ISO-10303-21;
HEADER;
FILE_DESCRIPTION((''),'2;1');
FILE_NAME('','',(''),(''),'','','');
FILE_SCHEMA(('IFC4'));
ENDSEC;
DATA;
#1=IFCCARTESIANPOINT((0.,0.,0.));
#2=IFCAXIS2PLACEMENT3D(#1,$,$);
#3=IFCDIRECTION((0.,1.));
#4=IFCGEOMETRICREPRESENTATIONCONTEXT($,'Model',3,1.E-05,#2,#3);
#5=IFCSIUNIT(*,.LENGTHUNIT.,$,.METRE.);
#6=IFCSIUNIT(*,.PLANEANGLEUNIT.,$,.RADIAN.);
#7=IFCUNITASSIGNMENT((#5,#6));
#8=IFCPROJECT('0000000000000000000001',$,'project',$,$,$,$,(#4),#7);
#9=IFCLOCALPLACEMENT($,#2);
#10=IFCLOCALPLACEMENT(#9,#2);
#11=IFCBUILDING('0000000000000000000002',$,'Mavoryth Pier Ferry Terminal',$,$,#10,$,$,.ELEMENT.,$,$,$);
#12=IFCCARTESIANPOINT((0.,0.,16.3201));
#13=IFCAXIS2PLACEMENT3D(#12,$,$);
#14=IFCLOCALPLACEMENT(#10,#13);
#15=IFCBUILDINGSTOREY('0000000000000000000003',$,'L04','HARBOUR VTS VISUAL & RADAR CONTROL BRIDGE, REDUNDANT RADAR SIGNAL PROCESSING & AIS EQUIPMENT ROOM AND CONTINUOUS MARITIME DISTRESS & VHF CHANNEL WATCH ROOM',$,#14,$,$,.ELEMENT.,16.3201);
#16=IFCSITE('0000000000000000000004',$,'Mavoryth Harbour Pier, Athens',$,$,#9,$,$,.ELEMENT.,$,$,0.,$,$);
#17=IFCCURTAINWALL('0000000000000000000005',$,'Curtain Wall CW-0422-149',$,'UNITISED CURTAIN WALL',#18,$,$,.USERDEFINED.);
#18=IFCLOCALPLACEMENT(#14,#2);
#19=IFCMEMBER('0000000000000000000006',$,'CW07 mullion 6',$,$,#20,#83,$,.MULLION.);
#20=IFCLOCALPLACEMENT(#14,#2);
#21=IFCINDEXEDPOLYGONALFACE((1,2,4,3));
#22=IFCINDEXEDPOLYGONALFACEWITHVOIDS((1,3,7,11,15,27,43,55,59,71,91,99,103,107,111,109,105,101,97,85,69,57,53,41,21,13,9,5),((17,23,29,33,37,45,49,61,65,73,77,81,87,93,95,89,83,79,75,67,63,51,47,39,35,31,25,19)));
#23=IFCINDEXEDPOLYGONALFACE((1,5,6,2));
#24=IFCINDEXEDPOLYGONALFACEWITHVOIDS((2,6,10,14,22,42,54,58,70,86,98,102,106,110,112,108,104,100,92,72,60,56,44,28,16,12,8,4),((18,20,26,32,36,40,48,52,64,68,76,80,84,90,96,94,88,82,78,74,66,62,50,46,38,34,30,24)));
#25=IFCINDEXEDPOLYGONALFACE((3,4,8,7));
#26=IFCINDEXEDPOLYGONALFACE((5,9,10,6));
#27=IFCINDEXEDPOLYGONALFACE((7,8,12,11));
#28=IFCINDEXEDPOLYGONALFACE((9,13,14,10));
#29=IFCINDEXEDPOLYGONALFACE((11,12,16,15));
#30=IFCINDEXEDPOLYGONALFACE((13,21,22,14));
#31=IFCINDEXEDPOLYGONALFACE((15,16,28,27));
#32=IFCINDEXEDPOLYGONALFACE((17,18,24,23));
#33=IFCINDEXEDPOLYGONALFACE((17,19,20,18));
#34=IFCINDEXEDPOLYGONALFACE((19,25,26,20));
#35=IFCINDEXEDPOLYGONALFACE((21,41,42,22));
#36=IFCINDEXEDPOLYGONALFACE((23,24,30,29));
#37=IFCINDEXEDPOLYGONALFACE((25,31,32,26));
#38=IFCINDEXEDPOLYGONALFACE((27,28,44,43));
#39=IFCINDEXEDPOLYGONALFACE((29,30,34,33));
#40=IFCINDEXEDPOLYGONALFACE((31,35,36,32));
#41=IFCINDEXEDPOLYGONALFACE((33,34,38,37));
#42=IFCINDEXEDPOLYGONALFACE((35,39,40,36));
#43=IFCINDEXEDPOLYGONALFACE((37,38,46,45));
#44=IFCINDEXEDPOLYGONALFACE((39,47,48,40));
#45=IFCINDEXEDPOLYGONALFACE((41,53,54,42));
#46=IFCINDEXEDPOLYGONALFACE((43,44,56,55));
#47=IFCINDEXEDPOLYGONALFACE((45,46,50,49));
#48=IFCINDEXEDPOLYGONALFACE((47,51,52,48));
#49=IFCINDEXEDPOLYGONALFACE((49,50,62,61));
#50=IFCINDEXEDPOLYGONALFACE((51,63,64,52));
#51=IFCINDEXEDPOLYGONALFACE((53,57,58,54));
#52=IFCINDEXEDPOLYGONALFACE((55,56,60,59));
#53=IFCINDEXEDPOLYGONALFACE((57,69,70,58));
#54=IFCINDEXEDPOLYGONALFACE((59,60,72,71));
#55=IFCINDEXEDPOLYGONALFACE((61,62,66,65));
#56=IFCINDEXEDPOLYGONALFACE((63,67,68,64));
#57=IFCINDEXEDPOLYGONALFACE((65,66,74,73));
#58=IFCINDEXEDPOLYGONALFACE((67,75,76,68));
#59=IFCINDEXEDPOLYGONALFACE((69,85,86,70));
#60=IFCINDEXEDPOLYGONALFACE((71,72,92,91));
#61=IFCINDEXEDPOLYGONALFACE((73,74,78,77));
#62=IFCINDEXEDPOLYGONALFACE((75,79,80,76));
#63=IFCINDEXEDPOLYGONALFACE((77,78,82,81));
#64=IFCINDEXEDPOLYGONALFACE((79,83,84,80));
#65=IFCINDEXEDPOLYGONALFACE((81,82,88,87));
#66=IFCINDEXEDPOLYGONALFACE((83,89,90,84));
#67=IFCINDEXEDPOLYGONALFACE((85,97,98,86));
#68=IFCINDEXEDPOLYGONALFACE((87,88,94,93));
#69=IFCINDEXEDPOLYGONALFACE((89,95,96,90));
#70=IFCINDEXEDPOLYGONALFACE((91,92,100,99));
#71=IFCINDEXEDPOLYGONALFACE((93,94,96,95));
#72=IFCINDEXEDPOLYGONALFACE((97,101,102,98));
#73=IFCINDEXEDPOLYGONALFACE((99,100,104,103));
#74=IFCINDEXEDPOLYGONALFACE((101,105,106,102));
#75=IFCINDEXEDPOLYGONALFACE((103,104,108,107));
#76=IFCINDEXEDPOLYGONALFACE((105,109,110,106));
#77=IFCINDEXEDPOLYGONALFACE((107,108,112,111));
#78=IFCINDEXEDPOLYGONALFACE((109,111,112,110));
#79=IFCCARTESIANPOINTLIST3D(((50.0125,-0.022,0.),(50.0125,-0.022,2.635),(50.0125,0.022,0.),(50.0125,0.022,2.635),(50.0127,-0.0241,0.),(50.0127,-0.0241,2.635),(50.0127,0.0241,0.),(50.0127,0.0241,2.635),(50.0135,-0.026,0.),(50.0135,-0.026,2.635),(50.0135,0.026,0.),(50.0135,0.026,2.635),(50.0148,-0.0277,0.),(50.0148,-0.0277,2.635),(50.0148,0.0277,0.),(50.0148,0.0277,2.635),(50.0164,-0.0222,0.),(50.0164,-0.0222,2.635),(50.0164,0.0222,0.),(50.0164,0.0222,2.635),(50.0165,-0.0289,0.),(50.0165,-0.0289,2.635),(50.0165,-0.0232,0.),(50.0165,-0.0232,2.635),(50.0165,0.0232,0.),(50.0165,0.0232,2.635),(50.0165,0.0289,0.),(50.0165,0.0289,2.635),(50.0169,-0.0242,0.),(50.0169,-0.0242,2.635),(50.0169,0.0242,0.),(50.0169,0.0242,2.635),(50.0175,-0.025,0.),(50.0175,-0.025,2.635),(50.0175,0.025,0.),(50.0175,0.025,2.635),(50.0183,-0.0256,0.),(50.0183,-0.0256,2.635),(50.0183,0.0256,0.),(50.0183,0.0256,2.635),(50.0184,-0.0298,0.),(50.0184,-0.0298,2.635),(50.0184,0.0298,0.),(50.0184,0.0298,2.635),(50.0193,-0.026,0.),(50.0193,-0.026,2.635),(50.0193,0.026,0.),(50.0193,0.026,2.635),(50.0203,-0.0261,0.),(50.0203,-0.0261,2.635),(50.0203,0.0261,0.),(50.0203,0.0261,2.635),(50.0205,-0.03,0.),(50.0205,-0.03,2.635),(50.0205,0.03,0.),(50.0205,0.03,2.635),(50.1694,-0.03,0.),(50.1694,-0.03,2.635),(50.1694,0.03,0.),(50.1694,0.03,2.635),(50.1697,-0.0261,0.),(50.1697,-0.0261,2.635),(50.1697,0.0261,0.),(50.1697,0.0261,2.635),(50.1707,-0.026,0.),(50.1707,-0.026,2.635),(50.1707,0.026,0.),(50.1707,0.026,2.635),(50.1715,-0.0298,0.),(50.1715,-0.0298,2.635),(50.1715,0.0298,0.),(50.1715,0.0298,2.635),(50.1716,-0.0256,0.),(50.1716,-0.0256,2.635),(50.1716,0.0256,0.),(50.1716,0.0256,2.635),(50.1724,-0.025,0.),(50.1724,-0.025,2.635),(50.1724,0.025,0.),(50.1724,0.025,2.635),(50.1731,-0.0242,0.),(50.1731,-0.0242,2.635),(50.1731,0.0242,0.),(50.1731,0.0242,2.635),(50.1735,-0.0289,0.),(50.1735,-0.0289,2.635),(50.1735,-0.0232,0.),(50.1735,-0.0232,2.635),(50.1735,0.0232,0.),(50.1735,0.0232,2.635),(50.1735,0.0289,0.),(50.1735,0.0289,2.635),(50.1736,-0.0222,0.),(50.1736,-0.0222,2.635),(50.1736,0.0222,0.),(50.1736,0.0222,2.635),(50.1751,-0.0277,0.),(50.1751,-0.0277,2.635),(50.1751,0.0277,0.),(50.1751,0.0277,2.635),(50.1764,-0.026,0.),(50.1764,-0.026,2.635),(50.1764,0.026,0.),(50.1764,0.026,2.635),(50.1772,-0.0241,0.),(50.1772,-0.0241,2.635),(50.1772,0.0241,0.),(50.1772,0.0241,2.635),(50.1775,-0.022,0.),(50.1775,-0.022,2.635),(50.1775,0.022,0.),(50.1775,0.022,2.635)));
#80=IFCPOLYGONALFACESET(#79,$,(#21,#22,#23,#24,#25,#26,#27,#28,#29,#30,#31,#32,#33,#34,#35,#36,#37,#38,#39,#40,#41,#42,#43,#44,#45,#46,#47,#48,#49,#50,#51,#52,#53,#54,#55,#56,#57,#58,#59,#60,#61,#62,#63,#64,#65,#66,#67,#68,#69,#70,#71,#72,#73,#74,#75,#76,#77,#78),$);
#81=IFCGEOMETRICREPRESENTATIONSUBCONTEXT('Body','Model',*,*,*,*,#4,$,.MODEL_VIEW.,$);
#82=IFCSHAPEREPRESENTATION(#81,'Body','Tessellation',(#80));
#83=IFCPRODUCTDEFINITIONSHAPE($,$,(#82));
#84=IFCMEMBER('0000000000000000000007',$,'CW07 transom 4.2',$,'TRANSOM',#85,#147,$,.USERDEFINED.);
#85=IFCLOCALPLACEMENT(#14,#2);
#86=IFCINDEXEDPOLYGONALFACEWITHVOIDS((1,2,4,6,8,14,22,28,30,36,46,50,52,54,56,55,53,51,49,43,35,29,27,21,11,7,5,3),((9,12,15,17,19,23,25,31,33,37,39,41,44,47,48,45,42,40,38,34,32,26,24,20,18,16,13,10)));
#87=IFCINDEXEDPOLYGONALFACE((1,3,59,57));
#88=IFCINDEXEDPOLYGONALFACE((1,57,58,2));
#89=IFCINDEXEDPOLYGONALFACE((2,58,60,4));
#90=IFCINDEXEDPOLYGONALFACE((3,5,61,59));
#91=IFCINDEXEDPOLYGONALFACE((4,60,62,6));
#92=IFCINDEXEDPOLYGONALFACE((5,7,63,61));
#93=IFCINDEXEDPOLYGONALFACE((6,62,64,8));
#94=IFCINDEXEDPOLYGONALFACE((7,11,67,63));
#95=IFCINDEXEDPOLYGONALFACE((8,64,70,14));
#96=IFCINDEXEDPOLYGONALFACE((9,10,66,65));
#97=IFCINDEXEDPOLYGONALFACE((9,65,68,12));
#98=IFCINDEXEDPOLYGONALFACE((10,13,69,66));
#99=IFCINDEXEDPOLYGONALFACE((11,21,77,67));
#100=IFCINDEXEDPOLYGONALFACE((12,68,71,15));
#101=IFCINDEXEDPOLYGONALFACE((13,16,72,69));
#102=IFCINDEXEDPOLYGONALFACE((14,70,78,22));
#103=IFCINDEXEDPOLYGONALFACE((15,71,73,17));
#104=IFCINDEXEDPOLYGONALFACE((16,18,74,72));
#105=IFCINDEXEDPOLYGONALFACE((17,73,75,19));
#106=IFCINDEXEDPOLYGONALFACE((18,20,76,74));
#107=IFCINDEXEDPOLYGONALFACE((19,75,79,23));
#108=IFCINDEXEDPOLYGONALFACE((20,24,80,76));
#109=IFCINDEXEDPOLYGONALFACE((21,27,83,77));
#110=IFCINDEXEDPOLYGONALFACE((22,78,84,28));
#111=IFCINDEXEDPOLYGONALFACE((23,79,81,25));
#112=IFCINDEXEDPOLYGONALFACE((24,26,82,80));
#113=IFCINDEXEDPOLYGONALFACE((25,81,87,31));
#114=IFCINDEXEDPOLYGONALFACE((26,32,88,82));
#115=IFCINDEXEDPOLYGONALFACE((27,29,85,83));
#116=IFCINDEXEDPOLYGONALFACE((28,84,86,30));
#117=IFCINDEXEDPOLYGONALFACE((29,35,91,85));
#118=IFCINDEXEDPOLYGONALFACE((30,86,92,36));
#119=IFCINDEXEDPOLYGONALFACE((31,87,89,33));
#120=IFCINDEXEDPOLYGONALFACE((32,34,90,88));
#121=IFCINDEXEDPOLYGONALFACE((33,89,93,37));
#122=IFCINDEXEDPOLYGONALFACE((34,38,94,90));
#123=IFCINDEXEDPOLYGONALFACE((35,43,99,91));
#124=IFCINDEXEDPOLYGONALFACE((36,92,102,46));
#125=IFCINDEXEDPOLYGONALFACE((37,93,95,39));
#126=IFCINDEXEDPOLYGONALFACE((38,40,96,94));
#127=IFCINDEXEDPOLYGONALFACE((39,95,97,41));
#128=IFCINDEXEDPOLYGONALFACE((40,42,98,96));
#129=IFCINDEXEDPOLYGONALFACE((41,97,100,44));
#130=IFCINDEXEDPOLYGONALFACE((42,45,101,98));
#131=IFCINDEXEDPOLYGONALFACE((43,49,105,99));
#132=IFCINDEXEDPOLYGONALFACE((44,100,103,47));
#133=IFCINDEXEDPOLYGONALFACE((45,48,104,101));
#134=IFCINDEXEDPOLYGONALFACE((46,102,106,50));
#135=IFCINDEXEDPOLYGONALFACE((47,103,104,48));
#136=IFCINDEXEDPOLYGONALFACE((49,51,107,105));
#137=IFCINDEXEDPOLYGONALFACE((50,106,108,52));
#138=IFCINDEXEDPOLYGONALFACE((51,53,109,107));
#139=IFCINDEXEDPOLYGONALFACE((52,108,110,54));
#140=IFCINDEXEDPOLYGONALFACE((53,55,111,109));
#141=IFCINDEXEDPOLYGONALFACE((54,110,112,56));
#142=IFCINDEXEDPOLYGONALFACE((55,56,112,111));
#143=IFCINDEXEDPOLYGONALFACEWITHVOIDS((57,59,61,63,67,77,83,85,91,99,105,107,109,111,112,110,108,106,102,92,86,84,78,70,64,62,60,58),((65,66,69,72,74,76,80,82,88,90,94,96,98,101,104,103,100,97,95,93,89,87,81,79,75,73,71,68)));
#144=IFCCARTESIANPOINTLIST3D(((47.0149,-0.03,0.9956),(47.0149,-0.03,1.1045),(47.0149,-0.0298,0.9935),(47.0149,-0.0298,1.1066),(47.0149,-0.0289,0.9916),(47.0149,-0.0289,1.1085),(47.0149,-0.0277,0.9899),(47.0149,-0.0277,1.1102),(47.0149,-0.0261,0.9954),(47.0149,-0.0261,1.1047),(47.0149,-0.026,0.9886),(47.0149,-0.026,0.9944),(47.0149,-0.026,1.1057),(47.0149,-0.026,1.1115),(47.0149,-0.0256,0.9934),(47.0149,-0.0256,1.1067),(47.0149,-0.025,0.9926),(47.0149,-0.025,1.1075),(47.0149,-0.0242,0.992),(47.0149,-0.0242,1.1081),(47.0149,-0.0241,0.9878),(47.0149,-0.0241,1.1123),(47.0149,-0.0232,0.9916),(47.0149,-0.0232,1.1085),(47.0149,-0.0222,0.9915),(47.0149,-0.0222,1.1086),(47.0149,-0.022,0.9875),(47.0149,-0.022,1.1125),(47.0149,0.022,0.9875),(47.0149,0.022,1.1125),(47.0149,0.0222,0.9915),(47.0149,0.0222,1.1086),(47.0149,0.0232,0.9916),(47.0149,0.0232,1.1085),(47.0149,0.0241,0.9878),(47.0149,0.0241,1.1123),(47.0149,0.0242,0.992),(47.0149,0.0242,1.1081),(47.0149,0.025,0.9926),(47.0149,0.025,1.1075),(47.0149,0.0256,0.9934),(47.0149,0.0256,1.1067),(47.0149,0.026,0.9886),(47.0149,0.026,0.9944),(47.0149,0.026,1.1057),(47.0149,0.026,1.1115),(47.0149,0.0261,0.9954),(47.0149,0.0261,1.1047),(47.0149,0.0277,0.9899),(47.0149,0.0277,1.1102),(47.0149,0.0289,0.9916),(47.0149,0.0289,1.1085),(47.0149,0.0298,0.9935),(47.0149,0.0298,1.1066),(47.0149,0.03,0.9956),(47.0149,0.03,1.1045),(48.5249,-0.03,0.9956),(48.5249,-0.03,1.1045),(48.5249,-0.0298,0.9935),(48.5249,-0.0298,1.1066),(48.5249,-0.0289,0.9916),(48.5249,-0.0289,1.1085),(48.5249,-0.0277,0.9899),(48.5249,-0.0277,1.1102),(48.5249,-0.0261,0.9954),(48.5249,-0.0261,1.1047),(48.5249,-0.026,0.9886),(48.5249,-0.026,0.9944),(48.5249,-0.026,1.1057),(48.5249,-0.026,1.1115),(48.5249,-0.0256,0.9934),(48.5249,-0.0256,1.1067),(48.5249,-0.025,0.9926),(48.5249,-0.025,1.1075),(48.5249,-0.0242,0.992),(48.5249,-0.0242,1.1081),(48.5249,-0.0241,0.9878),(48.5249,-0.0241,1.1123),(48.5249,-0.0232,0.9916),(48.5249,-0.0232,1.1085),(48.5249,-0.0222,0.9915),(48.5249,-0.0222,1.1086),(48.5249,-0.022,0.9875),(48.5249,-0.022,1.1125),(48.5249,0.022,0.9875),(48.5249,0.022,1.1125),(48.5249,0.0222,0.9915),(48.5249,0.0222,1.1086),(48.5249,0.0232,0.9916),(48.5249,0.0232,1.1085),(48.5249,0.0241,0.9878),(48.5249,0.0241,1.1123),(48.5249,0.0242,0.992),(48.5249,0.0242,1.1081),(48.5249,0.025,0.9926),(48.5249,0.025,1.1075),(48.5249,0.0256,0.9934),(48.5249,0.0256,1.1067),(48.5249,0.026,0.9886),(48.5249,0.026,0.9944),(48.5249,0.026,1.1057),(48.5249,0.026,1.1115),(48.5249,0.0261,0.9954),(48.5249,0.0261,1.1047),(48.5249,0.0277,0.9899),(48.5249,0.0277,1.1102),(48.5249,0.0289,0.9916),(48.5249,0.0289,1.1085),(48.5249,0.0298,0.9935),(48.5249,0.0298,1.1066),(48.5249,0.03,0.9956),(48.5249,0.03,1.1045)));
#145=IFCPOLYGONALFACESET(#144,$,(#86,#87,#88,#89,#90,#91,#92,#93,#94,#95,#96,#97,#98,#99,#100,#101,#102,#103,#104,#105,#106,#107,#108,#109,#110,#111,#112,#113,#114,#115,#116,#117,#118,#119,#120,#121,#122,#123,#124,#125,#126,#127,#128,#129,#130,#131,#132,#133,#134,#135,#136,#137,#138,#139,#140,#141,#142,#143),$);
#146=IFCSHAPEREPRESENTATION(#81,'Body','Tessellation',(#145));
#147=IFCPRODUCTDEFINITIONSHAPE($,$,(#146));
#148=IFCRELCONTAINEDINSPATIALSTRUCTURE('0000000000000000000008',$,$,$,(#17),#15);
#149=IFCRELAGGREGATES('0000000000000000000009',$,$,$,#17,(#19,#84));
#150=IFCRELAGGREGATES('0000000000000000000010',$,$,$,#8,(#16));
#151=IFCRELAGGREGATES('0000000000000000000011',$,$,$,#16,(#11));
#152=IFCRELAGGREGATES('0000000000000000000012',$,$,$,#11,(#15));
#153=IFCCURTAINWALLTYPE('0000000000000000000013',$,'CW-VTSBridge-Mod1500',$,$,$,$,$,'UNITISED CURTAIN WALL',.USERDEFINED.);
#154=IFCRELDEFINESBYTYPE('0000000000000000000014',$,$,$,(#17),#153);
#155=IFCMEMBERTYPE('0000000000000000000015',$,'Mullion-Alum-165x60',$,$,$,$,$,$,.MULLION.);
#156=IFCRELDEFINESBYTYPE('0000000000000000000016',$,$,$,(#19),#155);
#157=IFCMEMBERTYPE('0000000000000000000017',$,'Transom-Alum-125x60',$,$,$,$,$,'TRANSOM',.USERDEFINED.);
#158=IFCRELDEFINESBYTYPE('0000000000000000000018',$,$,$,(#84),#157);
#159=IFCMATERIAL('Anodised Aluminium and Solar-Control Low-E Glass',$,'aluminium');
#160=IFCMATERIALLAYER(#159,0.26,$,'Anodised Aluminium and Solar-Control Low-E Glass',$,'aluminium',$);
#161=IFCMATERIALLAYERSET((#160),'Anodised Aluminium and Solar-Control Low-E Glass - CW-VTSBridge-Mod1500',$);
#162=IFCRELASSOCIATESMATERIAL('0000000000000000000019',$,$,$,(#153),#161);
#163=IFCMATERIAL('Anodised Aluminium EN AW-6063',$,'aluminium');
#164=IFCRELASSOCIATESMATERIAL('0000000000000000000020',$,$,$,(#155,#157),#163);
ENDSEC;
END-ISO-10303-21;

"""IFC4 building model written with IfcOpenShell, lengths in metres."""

from ifc_helpers import new_model, si_unit, direction, frame, origin, origin_2d, place, context, subcontext, project, spatial, hollow_rectangle, extrude, material, layer, layer_set, material_profile, profile_set, type_object, element, aggregate, save


model = new_model("IFC4")

# Units and contexts
model_context = context("Model", 3, precision=1e-05, world=origin(), true_north=direction((0.0, 1.0)))
body_context = subcontext(model_context, "Body", "Model", "MODEL_VIEW")
ifc_project = project(units=[si_unit("LENGTHUNIT", "METRE"), si_unit("PLANEANGLEUNIT", "RADIAN")], contexts=[model_context])

# Site, building, storey
site_placement = place(None, origin())
site = spatial("IfcSite", under=ifc_project, at=site_placement, Name="Mavoryth Harbour Pier, Athens", CompositionType="ELEMENT", RefElevation=0.0)
building_placement = place(site_placement, origin())
building = spatial("IfcBuilding", under=site, at=building_placement, Name="Mavoryth Pier Ferry Terminal", CompositionType="ELEMENT")
storey_placement = place(building_placement, frame((0.0, 0.0, 16.3201)))
storey = spatial("IfcBuildingStorey", under=building, at=storey_placement, Name="L04", Description="HARBOUR VTS VISUAL & RADAR CONTROL BRIDGE, REDUNDANT RADAR SIGNAL PROCESSING & AIS EQUIPMENT ROOM AND CONTINUOUS MARITIME DISTRESS & VHF CHANNEL WATCH ROOM", CompositionType="ELEMENT", Elevation=16.3201)

# Curtain wall, members
ifc_material_1 = material(Name="Anodised Aluminium and Solar-Control Low-E Glass", Category="aluminium")
ifc_layer_1 = layer(ifc_material_1, 0.26, Name="Anodised Aluminium and Solar-Control Low-E Glass", Category="aluminium")
ifc_layer_set_1 = layer_set([ifc_layer_1], Name="Anodised Aluminium and Solar-Control Low-E Glass - CW-VTSBridge-Mod1500")
curtain_wall_type = type_object("IfcCurtainWallType", Name="CW-VTSBridge-Mod1500", ElementType="UNITISED CURTAIN WALL", PredefinedType="USERDEFINED", material=ifc_layer_set_1)
curtain_wall_placement = place(storey_placement, origin())
curtain_wall = element("IfcCurtainWall", 1, at=curtain_wall_placement, inside=storey, type_object=curtain_wall_type, Name="Curtain Wall CW-0422-149", ObjectType="UNITISED CURTAIN WALL", PredefinedType="USERDEFINED")
ifc_material_2 = material(Name="Anodised Aluminium EN AW-6063", Category="aluminium")
ifc_material_profile_1 = material_profile(ifc_material_2, hollow_rectangle(XDim=0.0601, YDim=0.165, WallThickness=0.0039, InnerFilletRadius=0.0039, OuterFilletRadius=0.0081, at=origin_2d()), Name="AL-MULL 165x60x4", Category="aluminium")
ifc_profile_set_1 = profile_set([ifc_material_profile_1], Name="Anodised Aluminium EN AW-6063 - AL-MULL 165x60x4")
member_type_1 = type_object("IfcMemberType", Name="Mullion-Alum-165x60", PredefinedType="MULLION", material=ifc_profile_set_1)
member_1_placement = place(storey_placement, frame((50.095, 0.0, 0.0), z_axis=(0.0, 0.0, 1.0), x_axis=(0.0, 1.0, 0.0)))
member_1 = element("IfcMember", 2, at=member_1_placement, type_object=member_type_1, Name="CW07 mullion 6", PredefinedType="MULLION", context=body_context, shape_type="SweptSolid", body=[
    extrude(hollow_rectangle(XDim=0.0601, YDim=0.165, WallThickness=0.0039, InnerFilletRadius=0.0039, OuterFilletRadius=0.0081, at=origin_2d()), origin(), (0.0, 0.0, 1.0), 2.635),
])
ifc_material_profile_2 = material_profile(ifc_material_2, hollow_rectangle(XDim=0.0601, YDim=0.125, WallThickness=0.0039, InnerFilletRadius=0.0039, OuterFilletRadius=0.0081, at=origin_2d()), Name="AL-TRAN 125x60x4", Category="aluminium")
ifc_profile_set_2 = profile_set([ifc_material_profile_2], Name="Anodised Aluminium EN AW-6063 - AL-TRAN 125x60x4")
member_type_2 = type_object("IfcMemberType", Name="Transom-Alum-125x60", ElementType="TRANSOM", PredefinedType="USERDEFINED", material=ifc_profile_set_2)
member_2_placement = place(storey_placement, frame((47.0149, 0.0, 1.05), z_axis=(1.0, 0.0, 0.0), x_axis=(0.0, 1.0, 0.0)))
member_2 = element("IfcMember", 3, at=member_2_placement, type_object=member_type_2, Name="CW07 transom 4.2", ObjectType="TRANSOM", PredefinedType="USERDEFINED", context=body_context, shape_type="SweptSolid", body=[
    extrude(hollow_rectangle(XDim=0.0601, YDim=0.125, WallThickness=0.0039, InnerFilletRadius=0.0039, OuterFilletRadius=0.0081, at=origin_2d()), origin(), (0.0, 0.0, 1.0), 1.51),
])
aggregate(curtain_wall, [member_1, member_2])

save(model, "model.ifc")
